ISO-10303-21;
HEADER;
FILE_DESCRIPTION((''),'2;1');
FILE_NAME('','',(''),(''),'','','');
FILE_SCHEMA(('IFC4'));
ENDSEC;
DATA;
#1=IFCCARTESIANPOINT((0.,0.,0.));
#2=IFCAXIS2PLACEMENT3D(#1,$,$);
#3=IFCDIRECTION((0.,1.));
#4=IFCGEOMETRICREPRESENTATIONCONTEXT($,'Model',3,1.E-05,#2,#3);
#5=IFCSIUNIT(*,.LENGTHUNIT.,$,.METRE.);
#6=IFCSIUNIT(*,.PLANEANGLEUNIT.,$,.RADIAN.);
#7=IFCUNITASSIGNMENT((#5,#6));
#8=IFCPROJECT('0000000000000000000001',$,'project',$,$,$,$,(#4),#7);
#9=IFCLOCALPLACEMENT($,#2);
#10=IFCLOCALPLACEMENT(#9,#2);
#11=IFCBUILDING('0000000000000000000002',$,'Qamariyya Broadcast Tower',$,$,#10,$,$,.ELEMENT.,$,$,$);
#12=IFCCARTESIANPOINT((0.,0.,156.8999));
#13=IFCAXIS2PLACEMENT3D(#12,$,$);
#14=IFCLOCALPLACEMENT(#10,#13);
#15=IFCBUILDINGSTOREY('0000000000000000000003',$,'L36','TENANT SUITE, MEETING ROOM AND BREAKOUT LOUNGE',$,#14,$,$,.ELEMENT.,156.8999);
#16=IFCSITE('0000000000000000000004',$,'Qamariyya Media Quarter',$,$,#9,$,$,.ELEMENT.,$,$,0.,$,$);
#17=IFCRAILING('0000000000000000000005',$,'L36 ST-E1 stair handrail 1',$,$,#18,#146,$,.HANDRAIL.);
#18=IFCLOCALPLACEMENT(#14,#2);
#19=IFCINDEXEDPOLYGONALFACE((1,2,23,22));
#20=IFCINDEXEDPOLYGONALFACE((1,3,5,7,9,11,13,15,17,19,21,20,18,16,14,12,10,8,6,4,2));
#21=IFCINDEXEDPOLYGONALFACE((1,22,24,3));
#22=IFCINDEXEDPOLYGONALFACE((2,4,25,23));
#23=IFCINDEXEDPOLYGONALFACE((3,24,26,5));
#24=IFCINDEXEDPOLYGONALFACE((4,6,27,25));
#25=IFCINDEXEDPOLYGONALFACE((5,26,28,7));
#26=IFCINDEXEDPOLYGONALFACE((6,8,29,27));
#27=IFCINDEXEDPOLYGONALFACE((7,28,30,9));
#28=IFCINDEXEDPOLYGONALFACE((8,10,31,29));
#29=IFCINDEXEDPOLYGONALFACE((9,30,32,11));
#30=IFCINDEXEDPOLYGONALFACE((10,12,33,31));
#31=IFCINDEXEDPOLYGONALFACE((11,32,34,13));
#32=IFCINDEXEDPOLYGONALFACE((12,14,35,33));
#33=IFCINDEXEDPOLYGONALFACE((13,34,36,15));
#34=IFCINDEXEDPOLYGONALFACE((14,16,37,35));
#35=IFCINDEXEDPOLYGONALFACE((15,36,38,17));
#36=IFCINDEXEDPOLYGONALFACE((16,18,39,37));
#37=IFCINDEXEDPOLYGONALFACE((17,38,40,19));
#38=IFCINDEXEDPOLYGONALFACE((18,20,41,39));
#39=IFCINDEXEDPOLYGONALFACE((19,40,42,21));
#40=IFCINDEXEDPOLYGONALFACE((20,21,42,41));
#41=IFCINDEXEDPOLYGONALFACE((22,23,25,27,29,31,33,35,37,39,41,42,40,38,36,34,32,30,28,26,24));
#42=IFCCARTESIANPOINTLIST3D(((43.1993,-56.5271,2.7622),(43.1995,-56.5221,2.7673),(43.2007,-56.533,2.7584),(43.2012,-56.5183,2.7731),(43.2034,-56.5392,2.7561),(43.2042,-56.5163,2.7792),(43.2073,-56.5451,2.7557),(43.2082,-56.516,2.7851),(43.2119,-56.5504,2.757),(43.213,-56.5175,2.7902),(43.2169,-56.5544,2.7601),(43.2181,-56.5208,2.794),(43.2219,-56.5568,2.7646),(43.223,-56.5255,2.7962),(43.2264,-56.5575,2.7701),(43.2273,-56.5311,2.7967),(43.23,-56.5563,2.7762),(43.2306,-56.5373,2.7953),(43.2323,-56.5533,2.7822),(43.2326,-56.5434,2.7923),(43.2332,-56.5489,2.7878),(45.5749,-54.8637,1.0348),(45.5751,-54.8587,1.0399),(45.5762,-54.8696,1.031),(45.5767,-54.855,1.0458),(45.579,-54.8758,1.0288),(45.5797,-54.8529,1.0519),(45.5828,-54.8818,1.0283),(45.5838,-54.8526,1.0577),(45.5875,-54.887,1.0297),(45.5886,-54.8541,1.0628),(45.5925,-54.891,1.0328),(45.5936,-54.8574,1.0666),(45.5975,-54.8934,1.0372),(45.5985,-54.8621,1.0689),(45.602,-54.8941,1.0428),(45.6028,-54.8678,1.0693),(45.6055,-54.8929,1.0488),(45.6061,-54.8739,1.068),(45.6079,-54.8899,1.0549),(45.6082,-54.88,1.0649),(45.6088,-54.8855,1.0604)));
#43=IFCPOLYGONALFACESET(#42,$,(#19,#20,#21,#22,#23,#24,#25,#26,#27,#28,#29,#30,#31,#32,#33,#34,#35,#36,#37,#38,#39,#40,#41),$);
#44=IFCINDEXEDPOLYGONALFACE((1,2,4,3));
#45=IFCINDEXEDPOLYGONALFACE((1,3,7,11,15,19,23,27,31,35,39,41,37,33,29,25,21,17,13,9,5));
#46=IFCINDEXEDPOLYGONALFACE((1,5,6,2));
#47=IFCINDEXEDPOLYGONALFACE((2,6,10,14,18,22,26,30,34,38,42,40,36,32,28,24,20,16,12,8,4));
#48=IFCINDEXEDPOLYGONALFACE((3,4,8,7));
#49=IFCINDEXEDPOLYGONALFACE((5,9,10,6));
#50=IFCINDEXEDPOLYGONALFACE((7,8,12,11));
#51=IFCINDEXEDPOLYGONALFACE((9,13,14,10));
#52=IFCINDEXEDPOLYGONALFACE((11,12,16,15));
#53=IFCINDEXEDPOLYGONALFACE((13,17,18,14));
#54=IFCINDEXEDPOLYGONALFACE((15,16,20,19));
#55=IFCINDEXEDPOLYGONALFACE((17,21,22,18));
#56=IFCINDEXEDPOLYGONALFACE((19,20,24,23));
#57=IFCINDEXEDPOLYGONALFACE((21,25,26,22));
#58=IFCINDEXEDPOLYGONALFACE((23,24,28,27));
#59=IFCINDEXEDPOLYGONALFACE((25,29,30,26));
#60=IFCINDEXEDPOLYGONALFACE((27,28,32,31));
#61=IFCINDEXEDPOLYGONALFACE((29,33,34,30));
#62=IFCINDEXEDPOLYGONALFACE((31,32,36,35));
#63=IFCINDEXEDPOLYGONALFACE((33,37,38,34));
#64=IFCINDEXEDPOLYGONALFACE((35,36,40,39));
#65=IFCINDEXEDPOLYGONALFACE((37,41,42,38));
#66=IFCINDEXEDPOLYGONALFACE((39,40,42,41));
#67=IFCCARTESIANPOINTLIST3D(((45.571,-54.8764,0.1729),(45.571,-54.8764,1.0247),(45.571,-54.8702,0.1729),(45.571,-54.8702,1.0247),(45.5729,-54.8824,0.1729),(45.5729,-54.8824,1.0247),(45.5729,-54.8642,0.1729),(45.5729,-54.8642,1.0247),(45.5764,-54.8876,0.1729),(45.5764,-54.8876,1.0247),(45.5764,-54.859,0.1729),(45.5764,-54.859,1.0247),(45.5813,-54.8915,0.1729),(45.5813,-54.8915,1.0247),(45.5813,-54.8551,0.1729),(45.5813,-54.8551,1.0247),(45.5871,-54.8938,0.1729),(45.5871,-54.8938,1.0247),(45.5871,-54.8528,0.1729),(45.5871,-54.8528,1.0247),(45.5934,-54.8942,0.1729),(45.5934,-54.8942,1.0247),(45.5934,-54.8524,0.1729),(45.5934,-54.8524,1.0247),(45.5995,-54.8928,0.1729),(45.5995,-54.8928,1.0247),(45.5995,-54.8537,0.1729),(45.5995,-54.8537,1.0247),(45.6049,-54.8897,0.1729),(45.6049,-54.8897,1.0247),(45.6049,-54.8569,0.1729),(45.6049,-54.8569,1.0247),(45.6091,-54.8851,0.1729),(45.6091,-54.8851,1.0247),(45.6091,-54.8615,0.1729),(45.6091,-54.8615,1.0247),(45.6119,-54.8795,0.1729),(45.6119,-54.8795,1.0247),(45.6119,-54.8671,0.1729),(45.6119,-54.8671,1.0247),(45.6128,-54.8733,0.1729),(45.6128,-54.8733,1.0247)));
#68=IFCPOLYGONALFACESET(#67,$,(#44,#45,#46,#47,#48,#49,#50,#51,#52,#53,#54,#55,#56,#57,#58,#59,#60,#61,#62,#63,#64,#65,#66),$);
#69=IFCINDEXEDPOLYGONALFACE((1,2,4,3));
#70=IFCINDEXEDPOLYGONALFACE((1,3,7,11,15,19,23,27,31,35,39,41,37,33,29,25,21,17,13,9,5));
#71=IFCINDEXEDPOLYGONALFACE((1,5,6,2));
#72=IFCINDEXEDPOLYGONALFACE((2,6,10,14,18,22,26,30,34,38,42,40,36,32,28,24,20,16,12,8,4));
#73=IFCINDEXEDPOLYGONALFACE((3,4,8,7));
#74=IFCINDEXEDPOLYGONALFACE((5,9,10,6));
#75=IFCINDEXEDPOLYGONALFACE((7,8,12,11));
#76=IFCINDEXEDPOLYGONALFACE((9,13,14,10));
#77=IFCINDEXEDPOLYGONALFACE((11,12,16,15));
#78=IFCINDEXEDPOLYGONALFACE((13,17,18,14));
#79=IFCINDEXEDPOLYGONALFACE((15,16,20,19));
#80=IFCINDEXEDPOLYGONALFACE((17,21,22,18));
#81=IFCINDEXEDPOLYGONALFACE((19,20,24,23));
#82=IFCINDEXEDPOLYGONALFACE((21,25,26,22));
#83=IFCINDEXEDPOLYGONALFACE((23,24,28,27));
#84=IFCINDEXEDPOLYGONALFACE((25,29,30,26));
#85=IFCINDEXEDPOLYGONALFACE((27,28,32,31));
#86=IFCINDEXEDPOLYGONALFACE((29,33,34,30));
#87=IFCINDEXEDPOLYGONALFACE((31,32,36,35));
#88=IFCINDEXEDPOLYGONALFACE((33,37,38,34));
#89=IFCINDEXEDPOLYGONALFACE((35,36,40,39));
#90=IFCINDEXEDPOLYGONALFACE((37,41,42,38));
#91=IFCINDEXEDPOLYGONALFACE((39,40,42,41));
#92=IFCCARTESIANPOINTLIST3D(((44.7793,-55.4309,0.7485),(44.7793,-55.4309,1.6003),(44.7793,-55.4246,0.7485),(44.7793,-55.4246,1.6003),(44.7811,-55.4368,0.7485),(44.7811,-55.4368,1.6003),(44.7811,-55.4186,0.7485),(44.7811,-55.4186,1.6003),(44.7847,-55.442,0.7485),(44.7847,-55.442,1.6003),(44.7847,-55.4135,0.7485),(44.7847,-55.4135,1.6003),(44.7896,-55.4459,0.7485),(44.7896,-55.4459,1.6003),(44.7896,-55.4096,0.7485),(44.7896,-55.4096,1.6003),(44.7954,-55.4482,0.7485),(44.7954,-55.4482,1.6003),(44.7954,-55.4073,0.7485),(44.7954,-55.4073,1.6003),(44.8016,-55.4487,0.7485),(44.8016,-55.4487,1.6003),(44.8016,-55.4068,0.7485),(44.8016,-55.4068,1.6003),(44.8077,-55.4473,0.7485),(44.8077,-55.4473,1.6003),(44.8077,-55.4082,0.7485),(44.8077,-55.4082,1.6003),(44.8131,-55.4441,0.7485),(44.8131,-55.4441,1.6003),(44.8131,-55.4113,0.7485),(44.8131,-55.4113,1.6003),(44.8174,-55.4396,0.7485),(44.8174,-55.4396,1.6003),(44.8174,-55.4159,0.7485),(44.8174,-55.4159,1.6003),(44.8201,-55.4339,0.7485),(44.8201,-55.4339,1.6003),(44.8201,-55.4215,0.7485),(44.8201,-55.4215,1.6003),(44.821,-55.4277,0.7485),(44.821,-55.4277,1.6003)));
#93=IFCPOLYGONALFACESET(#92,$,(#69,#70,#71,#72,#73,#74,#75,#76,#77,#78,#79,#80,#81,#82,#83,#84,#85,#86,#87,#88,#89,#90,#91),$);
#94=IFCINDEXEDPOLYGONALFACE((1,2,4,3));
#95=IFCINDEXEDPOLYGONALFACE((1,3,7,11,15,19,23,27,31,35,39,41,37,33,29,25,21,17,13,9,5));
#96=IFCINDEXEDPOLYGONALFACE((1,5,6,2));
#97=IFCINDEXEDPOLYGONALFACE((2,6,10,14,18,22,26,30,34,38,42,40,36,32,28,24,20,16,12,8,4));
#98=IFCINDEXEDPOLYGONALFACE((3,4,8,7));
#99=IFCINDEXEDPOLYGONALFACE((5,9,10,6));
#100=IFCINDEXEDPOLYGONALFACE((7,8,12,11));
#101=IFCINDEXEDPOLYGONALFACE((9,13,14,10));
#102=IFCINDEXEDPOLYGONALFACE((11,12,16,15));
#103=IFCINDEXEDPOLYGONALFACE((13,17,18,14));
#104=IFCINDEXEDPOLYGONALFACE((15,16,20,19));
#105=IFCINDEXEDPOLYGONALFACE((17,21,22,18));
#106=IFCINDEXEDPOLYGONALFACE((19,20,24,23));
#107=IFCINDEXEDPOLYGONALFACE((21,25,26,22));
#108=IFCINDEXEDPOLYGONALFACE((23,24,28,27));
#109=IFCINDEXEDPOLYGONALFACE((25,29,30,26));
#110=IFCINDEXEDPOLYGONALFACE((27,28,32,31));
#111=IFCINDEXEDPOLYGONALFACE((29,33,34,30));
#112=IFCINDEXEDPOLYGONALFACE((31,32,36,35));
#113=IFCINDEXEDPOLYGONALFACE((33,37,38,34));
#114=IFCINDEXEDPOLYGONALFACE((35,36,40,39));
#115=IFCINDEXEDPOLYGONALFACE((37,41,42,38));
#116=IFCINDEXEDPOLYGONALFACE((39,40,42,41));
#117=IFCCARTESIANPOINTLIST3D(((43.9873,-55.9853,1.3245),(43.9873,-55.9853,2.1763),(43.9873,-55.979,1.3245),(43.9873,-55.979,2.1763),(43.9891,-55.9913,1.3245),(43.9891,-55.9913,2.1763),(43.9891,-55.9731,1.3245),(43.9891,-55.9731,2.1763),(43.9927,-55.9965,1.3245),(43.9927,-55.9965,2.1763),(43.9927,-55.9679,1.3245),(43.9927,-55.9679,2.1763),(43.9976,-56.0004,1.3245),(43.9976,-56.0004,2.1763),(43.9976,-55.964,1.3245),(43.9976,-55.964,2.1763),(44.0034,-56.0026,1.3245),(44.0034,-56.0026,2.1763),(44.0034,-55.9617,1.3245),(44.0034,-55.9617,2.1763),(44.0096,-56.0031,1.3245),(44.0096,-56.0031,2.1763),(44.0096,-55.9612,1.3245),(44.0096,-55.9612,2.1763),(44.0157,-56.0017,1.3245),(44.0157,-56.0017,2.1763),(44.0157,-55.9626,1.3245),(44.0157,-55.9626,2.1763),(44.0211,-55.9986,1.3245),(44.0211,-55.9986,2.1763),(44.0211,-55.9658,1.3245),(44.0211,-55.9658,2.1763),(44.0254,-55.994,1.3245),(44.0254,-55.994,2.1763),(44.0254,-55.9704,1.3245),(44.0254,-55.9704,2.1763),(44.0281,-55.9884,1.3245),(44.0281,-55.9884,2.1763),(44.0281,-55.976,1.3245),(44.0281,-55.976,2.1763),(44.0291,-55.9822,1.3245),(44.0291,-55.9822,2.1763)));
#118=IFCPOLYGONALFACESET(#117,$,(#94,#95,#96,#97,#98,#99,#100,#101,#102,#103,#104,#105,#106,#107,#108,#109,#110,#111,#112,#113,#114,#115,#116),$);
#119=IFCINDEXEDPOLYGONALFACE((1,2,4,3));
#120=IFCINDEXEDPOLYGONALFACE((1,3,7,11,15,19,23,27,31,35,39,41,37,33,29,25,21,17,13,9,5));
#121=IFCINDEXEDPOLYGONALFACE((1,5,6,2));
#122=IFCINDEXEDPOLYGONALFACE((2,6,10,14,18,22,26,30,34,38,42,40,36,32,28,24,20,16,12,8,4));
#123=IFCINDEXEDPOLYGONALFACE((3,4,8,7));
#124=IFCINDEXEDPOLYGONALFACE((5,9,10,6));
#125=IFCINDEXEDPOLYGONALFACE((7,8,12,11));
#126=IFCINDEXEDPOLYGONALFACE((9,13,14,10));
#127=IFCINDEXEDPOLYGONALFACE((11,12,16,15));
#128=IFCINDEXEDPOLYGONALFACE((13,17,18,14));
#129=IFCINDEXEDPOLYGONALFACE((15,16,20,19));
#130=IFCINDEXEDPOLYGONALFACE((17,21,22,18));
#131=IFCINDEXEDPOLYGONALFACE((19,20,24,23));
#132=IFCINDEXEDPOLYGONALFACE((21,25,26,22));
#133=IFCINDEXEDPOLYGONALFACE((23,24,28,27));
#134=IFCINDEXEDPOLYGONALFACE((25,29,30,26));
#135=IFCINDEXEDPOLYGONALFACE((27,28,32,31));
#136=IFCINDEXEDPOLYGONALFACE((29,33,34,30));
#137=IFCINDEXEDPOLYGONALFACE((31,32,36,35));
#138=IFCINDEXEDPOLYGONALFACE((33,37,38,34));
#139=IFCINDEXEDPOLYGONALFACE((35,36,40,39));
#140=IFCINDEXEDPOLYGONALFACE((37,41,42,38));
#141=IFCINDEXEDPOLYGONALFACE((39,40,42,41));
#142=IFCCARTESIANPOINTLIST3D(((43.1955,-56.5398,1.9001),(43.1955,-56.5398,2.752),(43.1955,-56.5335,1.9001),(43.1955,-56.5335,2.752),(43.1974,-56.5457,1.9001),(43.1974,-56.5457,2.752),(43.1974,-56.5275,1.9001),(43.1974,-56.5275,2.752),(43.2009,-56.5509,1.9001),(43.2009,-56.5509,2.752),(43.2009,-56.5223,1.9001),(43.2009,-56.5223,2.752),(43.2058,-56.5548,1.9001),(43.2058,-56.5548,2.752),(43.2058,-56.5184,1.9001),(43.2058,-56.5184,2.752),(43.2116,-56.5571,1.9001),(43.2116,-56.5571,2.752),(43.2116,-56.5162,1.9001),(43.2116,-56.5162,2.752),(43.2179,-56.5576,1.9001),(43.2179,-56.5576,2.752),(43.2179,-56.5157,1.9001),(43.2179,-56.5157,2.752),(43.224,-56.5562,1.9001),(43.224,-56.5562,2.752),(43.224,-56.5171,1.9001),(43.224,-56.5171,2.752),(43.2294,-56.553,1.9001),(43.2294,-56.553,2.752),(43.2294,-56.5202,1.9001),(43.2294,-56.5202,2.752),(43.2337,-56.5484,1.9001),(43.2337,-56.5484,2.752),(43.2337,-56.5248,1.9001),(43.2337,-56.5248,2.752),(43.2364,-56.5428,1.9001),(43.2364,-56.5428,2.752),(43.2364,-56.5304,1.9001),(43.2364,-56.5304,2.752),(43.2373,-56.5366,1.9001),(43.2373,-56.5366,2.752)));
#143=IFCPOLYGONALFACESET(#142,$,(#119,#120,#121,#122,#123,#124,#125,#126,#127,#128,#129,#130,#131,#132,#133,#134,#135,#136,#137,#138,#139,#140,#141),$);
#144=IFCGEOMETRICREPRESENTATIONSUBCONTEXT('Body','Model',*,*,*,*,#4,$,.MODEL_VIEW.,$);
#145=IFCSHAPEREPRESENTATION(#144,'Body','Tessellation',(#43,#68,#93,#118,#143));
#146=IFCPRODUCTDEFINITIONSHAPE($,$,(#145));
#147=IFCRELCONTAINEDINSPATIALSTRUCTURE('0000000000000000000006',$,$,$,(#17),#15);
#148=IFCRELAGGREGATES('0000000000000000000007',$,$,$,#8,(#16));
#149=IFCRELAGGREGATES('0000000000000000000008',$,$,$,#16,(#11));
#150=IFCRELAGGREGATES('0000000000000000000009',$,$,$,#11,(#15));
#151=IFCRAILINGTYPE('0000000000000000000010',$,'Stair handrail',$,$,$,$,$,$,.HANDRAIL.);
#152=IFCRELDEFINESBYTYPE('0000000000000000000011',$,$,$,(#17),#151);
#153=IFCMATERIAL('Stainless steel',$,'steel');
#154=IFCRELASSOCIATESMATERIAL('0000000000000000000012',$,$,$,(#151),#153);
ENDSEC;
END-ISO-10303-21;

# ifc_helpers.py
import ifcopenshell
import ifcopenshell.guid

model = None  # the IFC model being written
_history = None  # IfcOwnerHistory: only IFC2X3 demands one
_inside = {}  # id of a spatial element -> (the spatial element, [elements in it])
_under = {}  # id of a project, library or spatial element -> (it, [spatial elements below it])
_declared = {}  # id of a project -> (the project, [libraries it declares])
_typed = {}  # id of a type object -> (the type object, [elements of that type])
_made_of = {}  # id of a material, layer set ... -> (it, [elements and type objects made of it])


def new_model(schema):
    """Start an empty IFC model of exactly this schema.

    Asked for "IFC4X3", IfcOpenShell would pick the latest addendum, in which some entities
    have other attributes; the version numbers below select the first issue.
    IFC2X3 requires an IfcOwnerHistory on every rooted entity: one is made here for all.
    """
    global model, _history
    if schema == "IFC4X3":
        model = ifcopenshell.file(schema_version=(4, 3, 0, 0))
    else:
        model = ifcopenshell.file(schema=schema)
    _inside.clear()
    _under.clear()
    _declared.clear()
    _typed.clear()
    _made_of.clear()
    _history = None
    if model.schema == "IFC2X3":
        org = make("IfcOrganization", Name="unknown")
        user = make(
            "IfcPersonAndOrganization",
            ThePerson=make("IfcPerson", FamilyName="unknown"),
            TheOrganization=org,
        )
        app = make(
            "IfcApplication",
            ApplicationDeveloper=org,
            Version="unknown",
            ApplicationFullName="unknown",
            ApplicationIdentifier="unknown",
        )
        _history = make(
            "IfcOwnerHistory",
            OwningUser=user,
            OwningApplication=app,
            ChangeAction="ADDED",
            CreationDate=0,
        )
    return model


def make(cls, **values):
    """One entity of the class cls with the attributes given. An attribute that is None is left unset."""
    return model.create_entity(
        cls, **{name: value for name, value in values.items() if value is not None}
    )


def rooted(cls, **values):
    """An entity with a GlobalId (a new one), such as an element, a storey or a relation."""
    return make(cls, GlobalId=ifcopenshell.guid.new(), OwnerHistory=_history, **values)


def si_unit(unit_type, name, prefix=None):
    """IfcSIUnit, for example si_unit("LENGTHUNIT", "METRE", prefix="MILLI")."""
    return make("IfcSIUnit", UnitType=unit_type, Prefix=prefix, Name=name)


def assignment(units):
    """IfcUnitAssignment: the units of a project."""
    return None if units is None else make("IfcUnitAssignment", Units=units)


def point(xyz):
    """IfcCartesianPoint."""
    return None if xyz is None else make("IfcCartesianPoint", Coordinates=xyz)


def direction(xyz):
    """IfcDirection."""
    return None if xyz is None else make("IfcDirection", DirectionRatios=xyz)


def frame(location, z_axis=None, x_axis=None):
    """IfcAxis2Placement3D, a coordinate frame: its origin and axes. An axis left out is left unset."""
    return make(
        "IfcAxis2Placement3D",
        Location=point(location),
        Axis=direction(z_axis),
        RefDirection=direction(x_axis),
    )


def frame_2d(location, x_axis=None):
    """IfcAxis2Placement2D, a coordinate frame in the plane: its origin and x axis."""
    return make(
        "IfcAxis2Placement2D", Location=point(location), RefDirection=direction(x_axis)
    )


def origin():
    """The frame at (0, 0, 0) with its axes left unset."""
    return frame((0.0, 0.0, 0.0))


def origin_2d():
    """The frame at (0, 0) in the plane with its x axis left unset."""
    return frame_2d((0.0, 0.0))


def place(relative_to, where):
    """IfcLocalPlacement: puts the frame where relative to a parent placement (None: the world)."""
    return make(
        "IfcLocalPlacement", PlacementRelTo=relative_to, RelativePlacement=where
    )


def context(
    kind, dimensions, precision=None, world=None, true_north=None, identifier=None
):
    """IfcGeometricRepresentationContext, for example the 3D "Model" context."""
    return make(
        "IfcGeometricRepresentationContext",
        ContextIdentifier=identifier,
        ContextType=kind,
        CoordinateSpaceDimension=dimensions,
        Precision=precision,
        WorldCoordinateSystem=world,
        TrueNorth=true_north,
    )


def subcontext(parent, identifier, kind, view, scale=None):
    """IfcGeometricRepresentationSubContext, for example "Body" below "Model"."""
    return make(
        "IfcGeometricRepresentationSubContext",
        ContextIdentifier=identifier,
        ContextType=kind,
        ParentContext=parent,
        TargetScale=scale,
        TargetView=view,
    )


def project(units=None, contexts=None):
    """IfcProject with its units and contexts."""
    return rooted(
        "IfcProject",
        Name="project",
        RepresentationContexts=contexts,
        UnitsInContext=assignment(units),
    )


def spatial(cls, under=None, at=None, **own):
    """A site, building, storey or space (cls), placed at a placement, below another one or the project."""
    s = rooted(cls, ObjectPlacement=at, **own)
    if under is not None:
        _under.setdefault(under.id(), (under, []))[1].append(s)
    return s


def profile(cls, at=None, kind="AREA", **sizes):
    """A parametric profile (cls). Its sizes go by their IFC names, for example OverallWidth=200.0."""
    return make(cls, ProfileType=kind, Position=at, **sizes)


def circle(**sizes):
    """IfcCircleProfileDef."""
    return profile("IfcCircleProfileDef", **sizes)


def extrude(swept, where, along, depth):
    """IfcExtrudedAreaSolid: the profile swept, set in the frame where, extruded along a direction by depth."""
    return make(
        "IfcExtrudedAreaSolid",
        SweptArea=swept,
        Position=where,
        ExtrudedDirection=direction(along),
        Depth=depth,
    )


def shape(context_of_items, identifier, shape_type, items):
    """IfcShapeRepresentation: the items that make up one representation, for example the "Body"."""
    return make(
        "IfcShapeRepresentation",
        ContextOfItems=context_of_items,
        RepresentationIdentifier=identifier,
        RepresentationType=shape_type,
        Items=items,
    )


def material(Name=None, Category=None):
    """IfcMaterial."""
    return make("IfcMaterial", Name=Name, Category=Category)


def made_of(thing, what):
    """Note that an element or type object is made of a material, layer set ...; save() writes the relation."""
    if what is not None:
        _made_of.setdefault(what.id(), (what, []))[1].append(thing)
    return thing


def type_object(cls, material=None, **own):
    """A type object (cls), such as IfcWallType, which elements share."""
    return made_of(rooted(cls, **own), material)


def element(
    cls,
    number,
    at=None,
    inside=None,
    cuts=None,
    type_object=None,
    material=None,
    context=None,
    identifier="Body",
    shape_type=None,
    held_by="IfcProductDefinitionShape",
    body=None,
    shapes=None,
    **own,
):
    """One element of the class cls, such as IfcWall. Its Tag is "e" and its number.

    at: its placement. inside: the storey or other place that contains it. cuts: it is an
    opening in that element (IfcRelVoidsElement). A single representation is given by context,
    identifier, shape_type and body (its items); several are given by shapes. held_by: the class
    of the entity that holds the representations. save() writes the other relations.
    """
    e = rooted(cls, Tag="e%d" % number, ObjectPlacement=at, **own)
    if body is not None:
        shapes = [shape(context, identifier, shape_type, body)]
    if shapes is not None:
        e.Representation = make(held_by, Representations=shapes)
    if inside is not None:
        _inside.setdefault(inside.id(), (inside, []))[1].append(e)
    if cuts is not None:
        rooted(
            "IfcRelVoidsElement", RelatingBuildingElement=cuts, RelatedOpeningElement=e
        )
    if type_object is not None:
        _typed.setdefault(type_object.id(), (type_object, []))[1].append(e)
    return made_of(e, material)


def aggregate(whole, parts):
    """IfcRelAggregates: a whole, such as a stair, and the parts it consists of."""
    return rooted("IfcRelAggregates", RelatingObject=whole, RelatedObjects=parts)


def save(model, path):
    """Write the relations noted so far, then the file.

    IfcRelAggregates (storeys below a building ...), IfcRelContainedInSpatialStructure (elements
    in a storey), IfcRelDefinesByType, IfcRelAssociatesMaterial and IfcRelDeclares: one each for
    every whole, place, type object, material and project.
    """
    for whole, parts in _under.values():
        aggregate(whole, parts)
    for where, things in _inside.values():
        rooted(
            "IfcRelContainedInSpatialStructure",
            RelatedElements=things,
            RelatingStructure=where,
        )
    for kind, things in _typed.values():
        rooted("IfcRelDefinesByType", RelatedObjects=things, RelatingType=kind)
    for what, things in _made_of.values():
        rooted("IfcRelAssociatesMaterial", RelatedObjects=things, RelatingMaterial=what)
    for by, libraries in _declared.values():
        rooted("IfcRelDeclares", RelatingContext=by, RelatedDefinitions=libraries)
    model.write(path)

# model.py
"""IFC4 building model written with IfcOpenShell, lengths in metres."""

from ifc_helpers import new_model, si_unit, direction, frame, origin, origin_2d, place, context, subcontext, project, spatial, circle, extrude, material, type_object, element, save


model = new_model("IFC4")

# Units and contexts
model_context = context("Model", 3, precision=1e-05, world=origin(), true_north=direction((0.0, 1.0)))
body_context = subcontext(model_context, "Body", "Model", "MODEL_VIEW")
ifc_project = project(units=[si_unit("LENGTHUNIT", "METRE"), si_unit("PLANEANGLEUNIT", "RADIAN")], contexts=[model_context])

# Site, building, storey
site_placement = place(None, origin())
site = spatial("IfcSite", under=ifc_project, at=site_placement, Name="Qamariyya Media Quarter", CompositionType="ELEMENT", RefElevation=0.0)
building_placement = place(site_placement, origin())
building = spatial("IfcBuilding", under=site, at=building_placement, Name="Qamariyya Broadcast Tower", CompositionType="ELEMENT")
storey_placement = place(building_placement, frame((0.0, 0.0, 156.8999)))
storey = spatial("IfcBuildingStorey", under=building, at=storey_placement, Name="L36", Description="TENANT SUITE, MEETING ROOM AND BREAKOUT LOUNGE", CompositionType="ELEMENT", Elevation=156.8999)

# Railing
ifc_material_1 = material(Name="Stainless steel", Category="steel")
railing_type_1 = type_object("IfcRailingType", Name="Stair handrail", PredefinedType="HANDRAIL", material=ifc_material_1)
railing_1_placement = place(storey_placement, frame((45.5918, -54.8733, 0.1729)))
element("IfcRailing", 1, at=railing_1_placement, inside=storey, type_object=railing_type_1, Name="L36 ST-E1 stair handrail 1", PredefinedType="HANDRAIL", context=body_context, shape_type="SweptSolid", body=[
    extrude(circle(Radius=0.0239, at=origin_2d()), frame((0.0, 0.0, 0.876), z_axis=(-0.70377, -0.492784, 0.511734), x_axis=(0.573575, -0.819153, 0.0)), (0.0, 0.0, 1.0), 3.3755),
    extrude(circle(Radius=0.021, at=origin_2d()), origin(), (0.0, 0.0, 1.0), 0.8518),
    extrude(circle(Radius=0.021, at=origin_2d()), frame((-0.7917, -0.5544, 0.5757)), (0.0, 0.0, 1.0), 0.8518),
    extrude(circle(Radius=0.021, at=origin_2d()), frame((-1.5837, -1.1089, 1.1516)), (0.0, 0.0, 1.0), 0.8518),
    extrude(circle(Radius=0.021, at=origin_2d()), frame((-2.3755, -1.6633, 1.7273)), (0.0, 0.0, 1.0), 0.8518),
])

save(model, "model.ifc")
